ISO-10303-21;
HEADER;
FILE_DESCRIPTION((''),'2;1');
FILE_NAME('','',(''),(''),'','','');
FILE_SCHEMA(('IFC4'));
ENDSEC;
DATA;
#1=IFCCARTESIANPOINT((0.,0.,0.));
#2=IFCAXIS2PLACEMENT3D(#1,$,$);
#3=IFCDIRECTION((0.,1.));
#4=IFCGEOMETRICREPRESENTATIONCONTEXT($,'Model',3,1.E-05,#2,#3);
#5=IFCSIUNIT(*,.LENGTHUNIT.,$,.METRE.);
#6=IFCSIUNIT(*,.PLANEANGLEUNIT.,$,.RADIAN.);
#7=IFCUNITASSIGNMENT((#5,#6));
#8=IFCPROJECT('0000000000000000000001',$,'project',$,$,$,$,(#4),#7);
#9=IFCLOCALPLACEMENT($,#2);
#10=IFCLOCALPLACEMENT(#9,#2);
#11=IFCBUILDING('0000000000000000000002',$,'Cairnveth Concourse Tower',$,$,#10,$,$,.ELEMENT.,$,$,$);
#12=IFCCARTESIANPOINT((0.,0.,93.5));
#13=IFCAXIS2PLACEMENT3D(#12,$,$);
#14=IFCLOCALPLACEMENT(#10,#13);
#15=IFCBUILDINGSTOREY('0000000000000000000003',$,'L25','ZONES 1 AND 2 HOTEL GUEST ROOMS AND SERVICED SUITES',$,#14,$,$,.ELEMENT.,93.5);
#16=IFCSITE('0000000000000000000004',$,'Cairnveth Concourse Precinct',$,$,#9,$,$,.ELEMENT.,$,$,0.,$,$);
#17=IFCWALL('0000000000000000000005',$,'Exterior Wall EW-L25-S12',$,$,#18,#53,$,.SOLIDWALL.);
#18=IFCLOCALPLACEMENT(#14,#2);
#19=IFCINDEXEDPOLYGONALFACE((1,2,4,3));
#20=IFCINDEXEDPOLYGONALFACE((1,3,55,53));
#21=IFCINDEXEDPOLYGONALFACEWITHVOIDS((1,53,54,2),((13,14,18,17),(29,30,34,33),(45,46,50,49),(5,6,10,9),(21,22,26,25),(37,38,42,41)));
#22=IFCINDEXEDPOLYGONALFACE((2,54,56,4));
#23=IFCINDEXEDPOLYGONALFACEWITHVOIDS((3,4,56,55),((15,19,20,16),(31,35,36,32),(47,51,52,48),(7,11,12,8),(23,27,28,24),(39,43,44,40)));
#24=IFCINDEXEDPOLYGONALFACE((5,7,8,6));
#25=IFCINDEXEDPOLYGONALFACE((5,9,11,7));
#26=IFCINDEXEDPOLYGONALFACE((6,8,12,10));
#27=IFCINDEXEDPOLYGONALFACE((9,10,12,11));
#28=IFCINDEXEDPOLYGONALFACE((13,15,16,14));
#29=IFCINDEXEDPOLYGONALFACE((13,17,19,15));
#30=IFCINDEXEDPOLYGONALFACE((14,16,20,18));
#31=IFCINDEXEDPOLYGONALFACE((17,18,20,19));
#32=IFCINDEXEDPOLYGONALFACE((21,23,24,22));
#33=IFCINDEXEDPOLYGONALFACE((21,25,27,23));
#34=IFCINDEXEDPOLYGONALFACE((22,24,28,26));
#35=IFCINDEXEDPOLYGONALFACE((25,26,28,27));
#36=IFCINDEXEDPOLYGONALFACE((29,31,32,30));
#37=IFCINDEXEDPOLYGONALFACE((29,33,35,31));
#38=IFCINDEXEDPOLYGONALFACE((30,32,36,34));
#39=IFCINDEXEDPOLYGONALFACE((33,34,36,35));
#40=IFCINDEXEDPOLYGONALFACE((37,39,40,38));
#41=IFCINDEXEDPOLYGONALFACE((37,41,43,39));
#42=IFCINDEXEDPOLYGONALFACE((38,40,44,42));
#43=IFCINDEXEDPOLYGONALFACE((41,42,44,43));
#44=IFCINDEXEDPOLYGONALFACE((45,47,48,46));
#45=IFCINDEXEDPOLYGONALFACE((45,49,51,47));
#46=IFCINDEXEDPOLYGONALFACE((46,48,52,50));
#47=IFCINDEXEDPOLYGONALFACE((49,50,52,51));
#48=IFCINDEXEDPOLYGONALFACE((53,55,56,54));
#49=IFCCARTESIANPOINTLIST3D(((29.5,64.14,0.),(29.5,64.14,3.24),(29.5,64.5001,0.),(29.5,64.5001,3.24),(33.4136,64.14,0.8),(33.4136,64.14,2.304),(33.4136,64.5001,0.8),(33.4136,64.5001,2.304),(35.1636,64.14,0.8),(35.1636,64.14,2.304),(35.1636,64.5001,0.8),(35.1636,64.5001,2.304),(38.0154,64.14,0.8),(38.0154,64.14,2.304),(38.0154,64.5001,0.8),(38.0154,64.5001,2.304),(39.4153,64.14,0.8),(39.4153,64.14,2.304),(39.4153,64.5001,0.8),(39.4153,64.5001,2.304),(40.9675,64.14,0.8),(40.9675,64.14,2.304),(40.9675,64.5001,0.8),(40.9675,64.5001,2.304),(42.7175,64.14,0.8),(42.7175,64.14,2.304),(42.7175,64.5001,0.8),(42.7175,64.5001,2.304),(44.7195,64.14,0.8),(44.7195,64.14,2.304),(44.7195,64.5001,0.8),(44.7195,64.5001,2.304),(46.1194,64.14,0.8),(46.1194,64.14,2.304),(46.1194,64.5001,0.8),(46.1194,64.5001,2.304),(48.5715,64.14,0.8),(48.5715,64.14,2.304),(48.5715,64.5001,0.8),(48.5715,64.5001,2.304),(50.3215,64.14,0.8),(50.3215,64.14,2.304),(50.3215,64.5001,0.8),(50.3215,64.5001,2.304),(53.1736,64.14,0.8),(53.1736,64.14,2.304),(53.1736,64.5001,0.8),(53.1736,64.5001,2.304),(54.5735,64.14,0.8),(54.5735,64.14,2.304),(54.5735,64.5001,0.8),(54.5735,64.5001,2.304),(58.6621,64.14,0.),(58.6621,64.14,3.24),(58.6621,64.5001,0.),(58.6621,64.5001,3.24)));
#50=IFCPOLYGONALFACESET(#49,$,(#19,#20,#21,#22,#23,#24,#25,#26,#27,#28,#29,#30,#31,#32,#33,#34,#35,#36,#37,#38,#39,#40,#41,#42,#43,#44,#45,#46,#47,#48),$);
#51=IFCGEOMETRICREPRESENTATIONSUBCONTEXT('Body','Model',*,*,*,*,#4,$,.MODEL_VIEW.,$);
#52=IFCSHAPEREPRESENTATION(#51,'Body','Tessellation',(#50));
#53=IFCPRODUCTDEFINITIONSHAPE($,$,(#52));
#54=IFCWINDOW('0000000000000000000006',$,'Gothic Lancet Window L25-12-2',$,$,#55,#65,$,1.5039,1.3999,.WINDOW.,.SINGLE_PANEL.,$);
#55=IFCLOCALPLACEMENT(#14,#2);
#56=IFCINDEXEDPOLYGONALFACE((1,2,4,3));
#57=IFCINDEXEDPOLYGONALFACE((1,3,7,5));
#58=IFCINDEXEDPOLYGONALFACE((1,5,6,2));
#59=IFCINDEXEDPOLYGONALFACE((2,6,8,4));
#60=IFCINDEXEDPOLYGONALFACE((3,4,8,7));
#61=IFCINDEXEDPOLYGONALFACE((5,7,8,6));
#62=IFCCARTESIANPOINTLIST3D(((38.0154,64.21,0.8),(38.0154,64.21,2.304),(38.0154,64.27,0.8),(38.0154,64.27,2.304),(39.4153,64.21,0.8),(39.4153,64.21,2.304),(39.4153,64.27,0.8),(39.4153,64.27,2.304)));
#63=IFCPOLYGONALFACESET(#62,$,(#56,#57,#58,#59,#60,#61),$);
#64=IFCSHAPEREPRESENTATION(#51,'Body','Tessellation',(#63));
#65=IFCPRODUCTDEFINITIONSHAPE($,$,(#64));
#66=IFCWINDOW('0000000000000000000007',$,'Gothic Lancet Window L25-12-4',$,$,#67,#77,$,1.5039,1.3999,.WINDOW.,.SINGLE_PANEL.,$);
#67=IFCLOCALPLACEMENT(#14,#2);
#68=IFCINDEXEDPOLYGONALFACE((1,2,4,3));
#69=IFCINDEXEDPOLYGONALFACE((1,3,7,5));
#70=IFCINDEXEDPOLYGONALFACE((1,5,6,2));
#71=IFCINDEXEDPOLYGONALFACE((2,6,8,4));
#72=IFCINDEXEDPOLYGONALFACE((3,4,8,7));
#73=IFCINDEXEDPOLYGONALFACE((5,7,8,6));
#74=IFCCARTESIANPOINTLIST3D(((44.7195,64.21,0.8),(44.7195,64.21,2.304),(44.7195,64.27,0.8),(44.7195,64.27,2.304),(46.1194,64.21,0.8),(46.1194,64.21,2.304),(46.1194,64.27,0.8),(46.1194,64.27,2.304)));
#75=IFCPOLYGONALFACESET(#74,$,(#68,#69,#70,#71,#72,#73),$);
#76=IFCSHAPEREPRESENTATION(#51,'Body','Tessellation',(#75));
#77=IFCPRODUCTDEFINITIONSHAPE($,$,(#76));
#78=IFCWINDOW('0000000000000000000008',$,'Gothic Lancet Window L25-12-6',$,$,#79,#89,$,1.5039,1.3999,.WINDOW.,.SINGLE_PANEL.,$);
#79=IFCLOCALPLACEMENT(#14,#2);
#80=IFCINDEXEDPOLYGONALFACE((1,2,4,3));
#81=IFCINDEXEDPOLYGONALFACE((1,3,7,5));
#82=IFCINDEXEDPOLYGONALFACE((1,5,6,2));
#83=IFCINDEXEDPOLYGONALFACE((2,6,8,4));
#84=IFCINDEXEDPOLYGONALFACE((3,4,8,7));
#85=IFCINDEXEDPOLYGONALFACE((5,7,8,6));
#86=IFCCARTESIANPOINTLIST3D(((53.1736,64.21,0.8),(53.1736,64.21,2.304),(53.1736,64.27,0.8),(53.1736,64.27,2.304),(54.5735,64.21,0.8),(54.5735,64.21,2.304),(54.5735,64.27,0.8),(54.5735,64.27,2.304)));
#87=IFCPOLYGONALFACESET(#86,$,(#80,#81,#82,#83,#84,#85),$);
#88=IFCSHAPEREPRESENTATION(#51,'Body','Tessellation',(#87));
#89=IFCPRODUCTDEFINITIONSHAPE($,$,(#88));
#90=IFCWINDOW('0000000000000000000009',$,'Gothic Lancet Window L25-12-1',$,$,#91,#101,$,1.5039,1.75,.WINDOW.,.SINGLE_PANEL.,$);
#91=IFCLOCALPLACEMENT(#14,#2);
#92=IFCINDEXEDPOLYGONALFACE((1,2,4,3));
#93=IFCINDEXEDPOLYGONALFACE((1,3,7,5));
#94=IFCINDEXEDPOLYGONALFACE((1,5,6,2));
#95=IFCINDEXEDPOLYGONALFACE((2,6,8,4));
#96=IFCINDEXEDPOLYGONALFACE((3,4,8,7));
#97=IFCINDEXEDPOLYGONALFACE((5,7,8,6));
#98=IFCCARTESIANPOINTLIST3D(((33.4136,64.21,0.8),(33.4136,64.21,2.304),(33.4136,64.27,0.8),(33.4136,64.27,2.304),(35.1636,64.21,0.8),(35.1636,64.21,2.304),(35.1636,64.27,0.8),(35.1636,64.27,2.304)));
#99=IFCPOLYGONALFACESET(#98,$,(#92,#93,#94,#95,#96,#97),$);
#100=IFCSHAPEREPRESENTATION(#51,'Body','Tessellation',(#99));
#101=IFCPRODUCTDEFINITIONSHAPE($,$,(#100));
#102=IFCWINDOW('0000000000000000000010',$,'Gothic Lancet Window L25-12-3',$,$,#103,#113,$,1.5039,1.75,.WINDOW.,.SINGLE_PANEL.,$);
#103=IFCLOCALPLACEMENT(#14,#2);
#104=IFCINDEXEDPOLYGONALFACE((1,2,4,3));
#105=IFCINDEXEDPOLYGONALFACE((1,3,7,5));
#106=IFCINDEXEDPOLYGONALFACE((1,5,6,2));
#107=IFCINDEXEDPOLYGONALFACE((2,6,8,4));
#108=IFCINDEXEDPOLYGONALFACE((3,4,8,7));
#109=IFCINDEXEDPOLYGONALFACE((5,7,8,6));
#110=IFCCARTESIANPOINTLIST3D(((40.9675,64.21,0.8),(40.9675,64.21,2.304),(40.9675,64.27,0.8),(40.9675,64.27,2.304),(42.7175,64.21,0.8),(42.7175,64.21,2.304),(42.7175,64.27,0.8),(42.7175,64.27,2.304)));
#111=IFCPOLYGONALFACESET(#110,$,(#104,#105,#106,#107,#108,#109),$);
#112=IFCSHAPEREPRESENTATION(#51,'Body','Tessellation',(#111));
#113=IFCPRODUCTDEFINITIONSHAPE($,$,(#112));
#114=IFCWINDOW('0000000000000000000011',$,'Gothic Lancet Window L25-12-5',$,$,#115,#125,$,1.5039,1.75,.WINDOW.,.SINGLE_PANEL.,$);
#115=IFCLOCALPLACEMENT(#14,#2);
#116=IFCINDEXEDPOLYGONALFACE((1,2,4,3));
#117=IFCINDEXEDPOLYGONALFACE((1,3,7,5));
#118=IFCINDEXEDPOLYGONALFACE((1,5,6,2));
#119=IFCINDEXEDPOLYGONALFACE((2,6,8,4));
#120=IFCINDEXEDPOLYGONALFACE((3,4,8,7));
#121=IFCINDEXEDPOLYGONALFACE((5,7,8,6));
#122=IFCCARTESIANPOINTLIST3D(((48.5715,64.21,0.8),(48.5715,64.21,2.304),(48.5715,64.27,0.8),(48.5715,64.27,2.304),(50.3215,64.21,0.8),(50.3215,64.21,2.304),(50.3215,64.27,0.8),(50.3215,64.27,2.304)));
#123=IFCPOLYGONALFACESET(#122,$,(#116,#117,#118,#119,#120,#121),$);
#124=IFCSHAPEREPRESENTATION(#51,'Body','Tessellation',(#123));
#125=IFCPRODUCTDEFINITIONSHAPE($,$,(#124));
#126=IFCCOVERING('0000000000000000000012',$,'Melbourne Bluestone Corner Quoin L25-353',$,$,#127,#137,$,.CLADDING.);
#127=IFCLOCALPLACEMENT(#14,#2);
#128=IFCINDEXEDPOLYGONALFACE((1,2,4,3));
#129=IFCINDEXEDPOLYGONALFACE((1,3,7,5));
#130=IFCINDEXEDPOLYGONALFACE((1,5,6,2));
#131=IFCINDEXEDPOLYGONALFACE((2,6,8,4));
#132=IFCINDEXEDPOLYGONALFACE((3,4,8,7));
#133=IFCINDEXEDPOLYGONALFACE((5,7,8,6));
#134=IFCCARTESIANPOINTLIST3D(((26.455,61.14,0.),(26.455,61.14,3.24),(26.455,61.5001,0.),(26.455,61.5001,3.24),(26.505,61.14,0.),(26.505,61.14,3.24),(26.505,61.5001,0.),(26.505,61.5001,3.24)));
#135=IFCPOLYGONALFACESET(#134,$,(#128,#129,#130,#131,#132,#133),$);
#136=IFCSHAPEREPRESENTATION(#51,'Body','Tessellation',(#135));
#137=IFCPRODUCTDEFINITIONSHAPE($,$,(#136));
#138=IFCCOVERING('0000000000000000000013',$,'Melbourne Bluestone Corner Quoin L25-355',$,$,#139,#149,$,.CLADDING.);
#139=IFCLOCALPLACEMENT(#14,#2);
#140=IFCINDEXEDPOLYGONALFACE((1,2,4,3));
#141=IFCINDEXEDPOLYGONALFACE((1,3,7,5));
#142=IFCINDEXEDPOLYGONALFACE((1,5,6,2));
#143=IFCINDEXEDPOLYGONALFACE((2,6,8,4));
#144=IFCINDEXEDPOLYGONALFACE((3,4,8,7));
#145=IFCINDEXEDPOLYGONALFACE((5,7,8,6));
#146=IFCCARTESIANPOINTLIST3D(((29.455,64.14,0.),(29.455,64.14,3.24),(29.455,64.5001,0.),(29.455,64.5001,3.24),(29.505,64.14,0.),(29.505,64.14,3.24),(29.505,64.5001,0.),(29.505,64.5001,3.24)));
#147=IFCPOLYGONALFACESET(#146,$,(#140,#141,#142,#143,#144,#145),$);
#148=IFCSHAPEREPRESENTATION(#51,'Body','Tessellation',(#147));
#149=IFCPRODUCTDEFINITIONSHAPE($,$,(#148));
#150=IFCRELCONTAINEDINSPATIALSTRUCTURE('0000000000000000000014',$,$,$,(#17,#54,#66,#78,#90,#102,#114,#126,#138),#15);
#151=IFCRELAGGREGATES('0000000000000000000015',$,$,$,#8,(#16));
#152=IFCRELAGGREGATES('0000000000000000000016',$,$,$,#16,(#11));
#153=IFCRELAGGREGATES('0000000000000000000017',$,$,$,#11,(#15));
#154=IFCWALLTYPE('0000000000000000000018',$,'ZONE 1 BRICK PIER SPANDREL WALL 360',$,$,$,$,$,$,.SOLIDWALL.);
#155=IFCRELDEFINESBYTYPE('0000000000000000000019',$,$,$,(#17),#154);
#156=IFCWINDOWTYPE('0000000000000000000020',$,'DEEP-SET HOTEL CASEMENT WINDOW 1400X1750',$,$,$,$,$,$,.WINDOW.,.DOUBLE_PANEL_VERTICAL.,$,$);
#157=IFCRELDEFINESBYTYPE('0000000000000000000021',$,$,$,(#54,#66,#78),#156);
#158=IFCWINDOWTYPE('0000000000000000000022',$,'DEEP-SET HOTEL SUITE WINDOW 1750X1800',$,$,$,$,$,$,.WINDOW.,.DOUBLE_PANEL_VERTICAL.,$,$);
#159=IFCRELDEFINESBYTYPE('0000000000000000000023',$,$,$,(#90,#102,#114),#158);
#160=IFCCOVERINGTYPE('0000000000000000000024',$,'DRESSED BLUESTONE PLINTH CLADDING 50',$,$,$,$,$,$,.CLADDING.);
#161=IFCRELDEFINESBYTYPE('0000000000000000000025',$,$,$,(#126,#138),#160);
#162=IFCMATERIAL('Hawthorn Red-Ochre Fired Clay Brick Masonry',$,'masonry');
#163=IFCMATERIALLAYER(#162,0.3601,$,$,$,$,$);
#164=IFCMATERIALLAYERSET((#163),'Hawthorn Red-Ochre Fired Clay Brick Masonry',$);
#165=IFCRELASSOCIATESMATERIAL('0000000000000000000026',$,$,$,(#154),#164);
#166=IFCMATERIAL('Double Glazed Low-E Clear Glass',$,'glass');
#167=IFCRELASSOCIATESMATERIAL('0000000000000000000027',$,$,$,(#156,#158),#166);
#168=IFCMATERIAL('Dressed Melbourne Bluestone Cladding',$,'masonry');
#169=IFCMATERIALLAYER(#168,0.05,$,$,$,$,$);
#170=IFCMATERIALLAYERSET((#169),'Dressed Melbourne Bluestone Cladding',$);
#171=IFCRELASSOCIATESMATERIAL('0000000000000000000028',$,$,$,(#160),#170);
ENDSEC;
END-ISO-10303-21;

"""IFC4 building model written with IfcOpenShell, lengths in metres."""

from ifc_helpers import new_model, si_unit, direction, frame, frame_2d, origin, place, context, subcontext, project, spatial, rectangle, extrude, material, layer, layer_set, type_object, element, fill, save


model = new_model("IFC4")

# Units and contexts
model_context = context("Model", 3, precision=1e-05, world=origin(), true_north=direction((0.0, 1.0)))
body_context = subcontext(model_context, "Body", "Model", "MODEL_VIEW")
ifc_project = project(units=[si_unit("LENGTHUNIT", "METRE"), si_unit("PLANEANGLEUNIT", "RADIAN")], contexts=[model_context])

# Site, building, storey
site_placement = place(None, origin())
site = spatial("IfcSite", under=ifc_project, at=site_placement, Name="Cairnveth Concourse Precinct", CompositionType="ELEMENT", RefElevation=0.0)
building_placement = place(site_placement, origin())
building = spatial("IfcBuilding", under=site, at=building_placement, Name="Cairnveth Concourse Tower", CompositionType="ELEMENT")
storey_placement = place(building_placement, frame((0.0, 0.0, 93.5)))
storey = spatial("IfcBuildingStorey", under=building, at=storey_placement, Name="L25", Description="ZONES 1 AND 2 HOTEL GUEST ROOMS AND SERVICED SUITES", CompositionType="ELEMENT", Elevation=93.5)

# Shared definitions
ifc_material_1 = material(Name="Hawthorn Red-Ochre Fired Clay Brick Masonry", Category="masonry")
ifc_layer_1 = layer(ifc_material_1, 0.3601)
ifc_layer_set_1 = layer_set([ifc_layer_1], Name="Hawthorn Red-Ochre Fired Clay Brick Masonry")
wall_type_1 = type_object("IfcWallType", Name="ZONE 1 BRICK PIER SPANDREL WALL 360", PredefinedType="SOLIDWALL", material=ifc_layer_set_1)

# Wall, openings, windows
wall_1_placement = place(storey_placement, frame((29.5, 64.3201, 0.0), z_axis=(0.0, 0.0, 1.0), x_axis=(1.0, 0.0, 0.0)))
wall_1 = element("IfcWall", 1, at=wall_1_placement, inside=storey, type_object=wall_type_1, Name="Exterior Wall EW-L25-S12", PredefinedType="SOLIDWALL", context=body_context, shape_type="SweptSolid", body=[
    extrude(rectangle(XDim=29.1621, YDim=0.3601, at=frame_2d((14.5811, 0.0))), origin(), (0.0, 0.0, 1.0), 3.24),
])
opening_1_placement = place(wall_1_placement, frame((3.9136, 0.0, 0.8)))
opening_1 = element("IfcOpeningElement", 2, at=opening_1_placement, cuts=wall_1, PredefinedType="OPENING", context=body_context, shape_type="SweptSolid", body=[
    extrude(rectangle(XDim=1.75, YDim=1.5039, at=frame_2d((0.875, 0.752))), frame((0.0, 0.1899, 0.0), z_axis=(0.0, -1.0, 0.0), x_axis=(1.0, 0.0, 0.0)), (0.0, 0.0, 1.0), 0.3801),
])
opening_2_placement = place(wall_1_placement, frame((8.5154, 0.0, 0.8)))
opening_2 = element("IfcOpeningElement", 3, at=opening_2_placement, cuts=wall_1, PredefinedType="OPENING", context=body_context, shape_type="SweptSolid", body=[
    extrude(rectangle(XDim=1.3999, YDim=1.5039, at=frame_2d((0.7, 0.752))), frame((0.0, 0.1899, 0.0), z_axis=(0.0, -1.0, 0.0), x_axis=(1.0, 0.0, 0.0)), (0.0, 0.0, 1.0), 0.3801),
])
opening_3_placement = place(wall_1_placement, frame((11.4675, 0.0, 0.8)))
opening_3 = element("IfcOpeningElement", 4, at=opening_3_placement, cuts=wall_1, PredefinedType="OPENING", context=body_context, shape_type="SweptSolid", body=[
    extrude(rectangle(XDim=1.75, YDim=1.5039, at=frame_2d((0.875, 0.752))), frame((0.0, 0.1899, 0.0), z_axis=(0.0, -1.0, 0.0), x_axis=(1.0, 0.0, 0.0)), (0.0, 0.0, 1.0), 0.3801),
])
opening_4_placement = place(wall_1_placement, frame((15.2195, 0.0, 0.8)))
opening_4 = element("IfcOpeningElement", 5, at=opening_4_placement, cuts=wall_1, PredefinedType="OPENING", context=body_context, shape_type="SweptSolid", body=[
    extrude(rectangle(XDim=1.3999, YDim=1.5039, at=frame_2d((0.7, 0.752))), frame((0.0, 0.1899, 0.0), z_axis=(0.0, -1.0, 0.0), x_axis=(1.0, 0.0, 0.0)), (0.0, 0.0, 1.0), 0.3801),
])
opening_5_placement = place(wall_1_placement, frame((19.0715, 0.0, 0.8)))
opening_5 = element("IfcOpeningElement", 6, at=opening_5_placement, cuts=wall_1, PredefinedType="OPENING", context=body_context, shape_type="SweptSolid", body=[
    extrude(rectangle(XDim=1.75, YDim=1.5039, at=frame_2d((0.875, 0.752))), frame((0.0, 0.1899, 0.0), z_axis=(0.0, -1.0, 0.0), x_axis=(1.0, 0.0, 0.0)), (0.0, 0.0, 1.0), 0.3801),
])
opening_6_placement = place(wall_1_placement, frame((23.6736, 0.0, 0.8)))
opening_6 = element("IfcOpeningElement", 7, at=opening_6_placement, cuts=wall_1, PredefinedType="OPENING", context=body_context, shape_type="SweptSolid", body=[
    extrude(rectangle(XDim=1.3999, YDim=1.5039, at=frame_2d((0.7, 0.752))), frame((0.0, 0.1899, 0.0), z_axis=(0.0, -1.0, 0.0), x_axis=(1.0, 0.0, 0.0)), (0.0, 0.0, 1.0), 0.3801),
])
ifc_material_2 = material(Name="Double Glazed Low-E Clear Glass", Category="glass")
window_type_1 = type_object("IfcWindowType", Name="DEEP-SET HOTEL CASEMENT WINDOW 1400X1750", PartitioningType="DOUBLE_PANEL_VERTICAL", PredefinedType="WINDOW", material=ifc_material_2)
window_1_placement = place(opening_2_placement, origin())
window_1 = element("IfcWindow", 8, at=window_1_placement, inside=storey, type_object=window_type_1, Name="Gothic Lancet Window L25-12-2", OverallHeight=1.5039, OverallWidth=1.3999, PartitioningType="SINGLE_PANEL", PredefinedType="WINDOW", context=body_context, shape_type="SweptSolid", body=[
    extrude(rectangle(XDim=1.3999, YDim=1.5039, at=frame_2d((0.7, 0.752))), frame((0.0, -0.05, 0.0), z_axis=(0.0, -1.0, 0.0), x_axis=(1.0, 0.0, 0.0)), (0.0, 0.0, 1.0), 0.0601),
])
fill(opening_2, window_1)
window_2_placement = place(opening_4_placement, origin())
window_2 = element("IfcWindow", 9, at=window_2_placement, inside=storey, type_object=window_type_1, Name="Gothic Lancet Window L25-12-4", OverallHeight=1.5039, OverallWidth=1.3999, PartitioningType="SINGLE_PANEL", PredefinedType="WINDOW", context=body_context, shape_type="SweptSolid", body=[
    extrude(rectangle(XDim=1.3999, YDim=1.5039, at=frame_2d((0.7, 0.752))), frame((0.0, -0.05, 0.0), z_axis=(0.0, -1.0, 0.0), x_axis=(1.0, 0.0, 0.0)), (0.0, 0.0, 1.0), 0.0601),
])
fill(opening_4, window_2)
window_3_placement = place(opening_6_placement, origin())
window_3 = element("IfcWindow", 10, at=window_3_placement, inside=storey, type_object=window_type_1, Name="Gothic Lancet Window L25-12-6", OverallHeight=1.5039, OverallWidth=1.3999, PartitioningType="SINGLE_PANEL", PredefinedType="WINDOW", context=body_context, shape_type="SweptSolid", body=[
    extrude(rectangle(XDim=1.3999, YDim=1.5039, at=frame_2d((0.7, 0.752))), frame((0.0, -0.05, 0.0), z_axis=(0.0, -1.0, 0.0), x_axis=(1.0, 0.0, 0.0)), (0.0, 0.0, 1.0), 0.0601),
])
fill(opening_6, window_3)
window_type_2 = type_object("IfcWindowType", Name="DEEP-SET HOTEL SUITE WINDOW 1750X1800", PartitioningType="DOUBLE_PANEL_VERTICAL", PredefinedType="WINDOW", material=ifc_material_2)
window_4_placement = place(opening_1_placement, origin())
window_4 = element("IfcWindow", 11, at=window_4_placement, inside=storey, type_object=window_type_2, Name="Gothic Lancet Window L25-12-1", OverallHeight=1.5039, OverallWidth=1.75, PartitioningType="SINGLE_PANEL", PredefinedType="WINDOW", context=body_context, shape_type="SweptSolid", body=[
    extrude(rectangle(XDim=1.75, YDim=1.5039, at=frame_2d((0.875, 0.752))), frame((0.0, -0.05, 0.0), z_axis=(0.0, -1.0, 0.0), x_axis=(1.0, 0.0, 0.0)), (0.0, 0.0, 1.0), 0.0601),
])
fill(opening_1, window_4)
window_5_placement = place(opening_3_placement, origin())
window_5 = element("IfcWindow", 12, at=window_5_placement, inside=storey, type_object=window_type_2, Name="Gothic Lancet Window L25-12-3", OverallHeight=1.5039, OverallWidth=1.75, PartitioningType="SINGLE_PANEL", PredefinedType="WINDOW", context=body_context, shape_type="SweptSolid", body=[
    extrude(rectangle(XDim=1.75, YDim=1.5039, at=frame_2d((0.875, 0.752))), frame((0.0, -0.05, 0.0), z_axis=(0.0, -1.0, 0.0), x_axis=(1.0, 0.0, 0.0)), (0.0, 0.0, 1.0), 0.0601),
])
fill(opening_3, window_5)
window_6_placement = place(opening_5_placement, origin())
window_6 = element("IfcWindow", 13, at=window_6_placement, inside=storey, type_object=window_type_2, Name="Gothic Lancet Window L25-12-5", OverallHeight=1.5039, OverallWidth=1.75, PartitioningType="SINGLE_PANEL", PredefinedType="WINDOW", context=body_context, shape_type="SweptSolid", body=[
    extrude(rectangle(XDim=1.75, YDim=1.5039, at=frame_2d((0.875, 0.752))), frame((0.0, -0.05, 0.0), z_axis=(0.0, -1.0, 0.0), x_axis=(1.0, 0.0, 0.0)), (0.0, 0.0, 1.0), 0.0601),
])
fill(opening_5, window_6)

# Coverings
ifc_material_3 = material(Name="Dressed Melbourne Bluestone Cladding", Category="masonry")
ifc_layer_2 = layer(ifc_material_3, 0.05)
ifc_layer_set_2 = layer_set([ifc_layer_2], Name="Dressed Melbourne Bluestone Cladding")
covering_type = type_object("IfcCoveringType", Name="DRESSED BLUESTONE PLINTH CLADDING 50", PredefinedType="CLADDING", material=ifc_layer_set_2)
for number, where, z_axis, x_axis, name in (
    (14, (26.48, 61.1399, 0.0), (0.0, 0.0, 1.0), (0.0, 1.0, 0.0), "Melbourne Bluestone Corner Quoin L25-353"),
    (15, (29.48, 64.1399, 0.0), (0.0, 0.0, 1.0), (0.0, 1.0, 0.0), "Melbourne Bluestone Corner Quoin L25-355"),
):
    element("IfcCovering", number, at=place(storey_placement, frame(where, z_axis=z_axis, x_axis=x_axis)), inside=storey, type_object=covering_type, Name=name, PredefinedType="CLADDING", context=body_context, shape_type="SweptSolid", body=[
        extrude(rectangle(XDim=0.3601, YDim=0.05, at=frame_2d((0.1802, 0.0))), origin(), (0.0, 0.0, 1.0), 3.24),
    ])

save(model, "model.ifc")
